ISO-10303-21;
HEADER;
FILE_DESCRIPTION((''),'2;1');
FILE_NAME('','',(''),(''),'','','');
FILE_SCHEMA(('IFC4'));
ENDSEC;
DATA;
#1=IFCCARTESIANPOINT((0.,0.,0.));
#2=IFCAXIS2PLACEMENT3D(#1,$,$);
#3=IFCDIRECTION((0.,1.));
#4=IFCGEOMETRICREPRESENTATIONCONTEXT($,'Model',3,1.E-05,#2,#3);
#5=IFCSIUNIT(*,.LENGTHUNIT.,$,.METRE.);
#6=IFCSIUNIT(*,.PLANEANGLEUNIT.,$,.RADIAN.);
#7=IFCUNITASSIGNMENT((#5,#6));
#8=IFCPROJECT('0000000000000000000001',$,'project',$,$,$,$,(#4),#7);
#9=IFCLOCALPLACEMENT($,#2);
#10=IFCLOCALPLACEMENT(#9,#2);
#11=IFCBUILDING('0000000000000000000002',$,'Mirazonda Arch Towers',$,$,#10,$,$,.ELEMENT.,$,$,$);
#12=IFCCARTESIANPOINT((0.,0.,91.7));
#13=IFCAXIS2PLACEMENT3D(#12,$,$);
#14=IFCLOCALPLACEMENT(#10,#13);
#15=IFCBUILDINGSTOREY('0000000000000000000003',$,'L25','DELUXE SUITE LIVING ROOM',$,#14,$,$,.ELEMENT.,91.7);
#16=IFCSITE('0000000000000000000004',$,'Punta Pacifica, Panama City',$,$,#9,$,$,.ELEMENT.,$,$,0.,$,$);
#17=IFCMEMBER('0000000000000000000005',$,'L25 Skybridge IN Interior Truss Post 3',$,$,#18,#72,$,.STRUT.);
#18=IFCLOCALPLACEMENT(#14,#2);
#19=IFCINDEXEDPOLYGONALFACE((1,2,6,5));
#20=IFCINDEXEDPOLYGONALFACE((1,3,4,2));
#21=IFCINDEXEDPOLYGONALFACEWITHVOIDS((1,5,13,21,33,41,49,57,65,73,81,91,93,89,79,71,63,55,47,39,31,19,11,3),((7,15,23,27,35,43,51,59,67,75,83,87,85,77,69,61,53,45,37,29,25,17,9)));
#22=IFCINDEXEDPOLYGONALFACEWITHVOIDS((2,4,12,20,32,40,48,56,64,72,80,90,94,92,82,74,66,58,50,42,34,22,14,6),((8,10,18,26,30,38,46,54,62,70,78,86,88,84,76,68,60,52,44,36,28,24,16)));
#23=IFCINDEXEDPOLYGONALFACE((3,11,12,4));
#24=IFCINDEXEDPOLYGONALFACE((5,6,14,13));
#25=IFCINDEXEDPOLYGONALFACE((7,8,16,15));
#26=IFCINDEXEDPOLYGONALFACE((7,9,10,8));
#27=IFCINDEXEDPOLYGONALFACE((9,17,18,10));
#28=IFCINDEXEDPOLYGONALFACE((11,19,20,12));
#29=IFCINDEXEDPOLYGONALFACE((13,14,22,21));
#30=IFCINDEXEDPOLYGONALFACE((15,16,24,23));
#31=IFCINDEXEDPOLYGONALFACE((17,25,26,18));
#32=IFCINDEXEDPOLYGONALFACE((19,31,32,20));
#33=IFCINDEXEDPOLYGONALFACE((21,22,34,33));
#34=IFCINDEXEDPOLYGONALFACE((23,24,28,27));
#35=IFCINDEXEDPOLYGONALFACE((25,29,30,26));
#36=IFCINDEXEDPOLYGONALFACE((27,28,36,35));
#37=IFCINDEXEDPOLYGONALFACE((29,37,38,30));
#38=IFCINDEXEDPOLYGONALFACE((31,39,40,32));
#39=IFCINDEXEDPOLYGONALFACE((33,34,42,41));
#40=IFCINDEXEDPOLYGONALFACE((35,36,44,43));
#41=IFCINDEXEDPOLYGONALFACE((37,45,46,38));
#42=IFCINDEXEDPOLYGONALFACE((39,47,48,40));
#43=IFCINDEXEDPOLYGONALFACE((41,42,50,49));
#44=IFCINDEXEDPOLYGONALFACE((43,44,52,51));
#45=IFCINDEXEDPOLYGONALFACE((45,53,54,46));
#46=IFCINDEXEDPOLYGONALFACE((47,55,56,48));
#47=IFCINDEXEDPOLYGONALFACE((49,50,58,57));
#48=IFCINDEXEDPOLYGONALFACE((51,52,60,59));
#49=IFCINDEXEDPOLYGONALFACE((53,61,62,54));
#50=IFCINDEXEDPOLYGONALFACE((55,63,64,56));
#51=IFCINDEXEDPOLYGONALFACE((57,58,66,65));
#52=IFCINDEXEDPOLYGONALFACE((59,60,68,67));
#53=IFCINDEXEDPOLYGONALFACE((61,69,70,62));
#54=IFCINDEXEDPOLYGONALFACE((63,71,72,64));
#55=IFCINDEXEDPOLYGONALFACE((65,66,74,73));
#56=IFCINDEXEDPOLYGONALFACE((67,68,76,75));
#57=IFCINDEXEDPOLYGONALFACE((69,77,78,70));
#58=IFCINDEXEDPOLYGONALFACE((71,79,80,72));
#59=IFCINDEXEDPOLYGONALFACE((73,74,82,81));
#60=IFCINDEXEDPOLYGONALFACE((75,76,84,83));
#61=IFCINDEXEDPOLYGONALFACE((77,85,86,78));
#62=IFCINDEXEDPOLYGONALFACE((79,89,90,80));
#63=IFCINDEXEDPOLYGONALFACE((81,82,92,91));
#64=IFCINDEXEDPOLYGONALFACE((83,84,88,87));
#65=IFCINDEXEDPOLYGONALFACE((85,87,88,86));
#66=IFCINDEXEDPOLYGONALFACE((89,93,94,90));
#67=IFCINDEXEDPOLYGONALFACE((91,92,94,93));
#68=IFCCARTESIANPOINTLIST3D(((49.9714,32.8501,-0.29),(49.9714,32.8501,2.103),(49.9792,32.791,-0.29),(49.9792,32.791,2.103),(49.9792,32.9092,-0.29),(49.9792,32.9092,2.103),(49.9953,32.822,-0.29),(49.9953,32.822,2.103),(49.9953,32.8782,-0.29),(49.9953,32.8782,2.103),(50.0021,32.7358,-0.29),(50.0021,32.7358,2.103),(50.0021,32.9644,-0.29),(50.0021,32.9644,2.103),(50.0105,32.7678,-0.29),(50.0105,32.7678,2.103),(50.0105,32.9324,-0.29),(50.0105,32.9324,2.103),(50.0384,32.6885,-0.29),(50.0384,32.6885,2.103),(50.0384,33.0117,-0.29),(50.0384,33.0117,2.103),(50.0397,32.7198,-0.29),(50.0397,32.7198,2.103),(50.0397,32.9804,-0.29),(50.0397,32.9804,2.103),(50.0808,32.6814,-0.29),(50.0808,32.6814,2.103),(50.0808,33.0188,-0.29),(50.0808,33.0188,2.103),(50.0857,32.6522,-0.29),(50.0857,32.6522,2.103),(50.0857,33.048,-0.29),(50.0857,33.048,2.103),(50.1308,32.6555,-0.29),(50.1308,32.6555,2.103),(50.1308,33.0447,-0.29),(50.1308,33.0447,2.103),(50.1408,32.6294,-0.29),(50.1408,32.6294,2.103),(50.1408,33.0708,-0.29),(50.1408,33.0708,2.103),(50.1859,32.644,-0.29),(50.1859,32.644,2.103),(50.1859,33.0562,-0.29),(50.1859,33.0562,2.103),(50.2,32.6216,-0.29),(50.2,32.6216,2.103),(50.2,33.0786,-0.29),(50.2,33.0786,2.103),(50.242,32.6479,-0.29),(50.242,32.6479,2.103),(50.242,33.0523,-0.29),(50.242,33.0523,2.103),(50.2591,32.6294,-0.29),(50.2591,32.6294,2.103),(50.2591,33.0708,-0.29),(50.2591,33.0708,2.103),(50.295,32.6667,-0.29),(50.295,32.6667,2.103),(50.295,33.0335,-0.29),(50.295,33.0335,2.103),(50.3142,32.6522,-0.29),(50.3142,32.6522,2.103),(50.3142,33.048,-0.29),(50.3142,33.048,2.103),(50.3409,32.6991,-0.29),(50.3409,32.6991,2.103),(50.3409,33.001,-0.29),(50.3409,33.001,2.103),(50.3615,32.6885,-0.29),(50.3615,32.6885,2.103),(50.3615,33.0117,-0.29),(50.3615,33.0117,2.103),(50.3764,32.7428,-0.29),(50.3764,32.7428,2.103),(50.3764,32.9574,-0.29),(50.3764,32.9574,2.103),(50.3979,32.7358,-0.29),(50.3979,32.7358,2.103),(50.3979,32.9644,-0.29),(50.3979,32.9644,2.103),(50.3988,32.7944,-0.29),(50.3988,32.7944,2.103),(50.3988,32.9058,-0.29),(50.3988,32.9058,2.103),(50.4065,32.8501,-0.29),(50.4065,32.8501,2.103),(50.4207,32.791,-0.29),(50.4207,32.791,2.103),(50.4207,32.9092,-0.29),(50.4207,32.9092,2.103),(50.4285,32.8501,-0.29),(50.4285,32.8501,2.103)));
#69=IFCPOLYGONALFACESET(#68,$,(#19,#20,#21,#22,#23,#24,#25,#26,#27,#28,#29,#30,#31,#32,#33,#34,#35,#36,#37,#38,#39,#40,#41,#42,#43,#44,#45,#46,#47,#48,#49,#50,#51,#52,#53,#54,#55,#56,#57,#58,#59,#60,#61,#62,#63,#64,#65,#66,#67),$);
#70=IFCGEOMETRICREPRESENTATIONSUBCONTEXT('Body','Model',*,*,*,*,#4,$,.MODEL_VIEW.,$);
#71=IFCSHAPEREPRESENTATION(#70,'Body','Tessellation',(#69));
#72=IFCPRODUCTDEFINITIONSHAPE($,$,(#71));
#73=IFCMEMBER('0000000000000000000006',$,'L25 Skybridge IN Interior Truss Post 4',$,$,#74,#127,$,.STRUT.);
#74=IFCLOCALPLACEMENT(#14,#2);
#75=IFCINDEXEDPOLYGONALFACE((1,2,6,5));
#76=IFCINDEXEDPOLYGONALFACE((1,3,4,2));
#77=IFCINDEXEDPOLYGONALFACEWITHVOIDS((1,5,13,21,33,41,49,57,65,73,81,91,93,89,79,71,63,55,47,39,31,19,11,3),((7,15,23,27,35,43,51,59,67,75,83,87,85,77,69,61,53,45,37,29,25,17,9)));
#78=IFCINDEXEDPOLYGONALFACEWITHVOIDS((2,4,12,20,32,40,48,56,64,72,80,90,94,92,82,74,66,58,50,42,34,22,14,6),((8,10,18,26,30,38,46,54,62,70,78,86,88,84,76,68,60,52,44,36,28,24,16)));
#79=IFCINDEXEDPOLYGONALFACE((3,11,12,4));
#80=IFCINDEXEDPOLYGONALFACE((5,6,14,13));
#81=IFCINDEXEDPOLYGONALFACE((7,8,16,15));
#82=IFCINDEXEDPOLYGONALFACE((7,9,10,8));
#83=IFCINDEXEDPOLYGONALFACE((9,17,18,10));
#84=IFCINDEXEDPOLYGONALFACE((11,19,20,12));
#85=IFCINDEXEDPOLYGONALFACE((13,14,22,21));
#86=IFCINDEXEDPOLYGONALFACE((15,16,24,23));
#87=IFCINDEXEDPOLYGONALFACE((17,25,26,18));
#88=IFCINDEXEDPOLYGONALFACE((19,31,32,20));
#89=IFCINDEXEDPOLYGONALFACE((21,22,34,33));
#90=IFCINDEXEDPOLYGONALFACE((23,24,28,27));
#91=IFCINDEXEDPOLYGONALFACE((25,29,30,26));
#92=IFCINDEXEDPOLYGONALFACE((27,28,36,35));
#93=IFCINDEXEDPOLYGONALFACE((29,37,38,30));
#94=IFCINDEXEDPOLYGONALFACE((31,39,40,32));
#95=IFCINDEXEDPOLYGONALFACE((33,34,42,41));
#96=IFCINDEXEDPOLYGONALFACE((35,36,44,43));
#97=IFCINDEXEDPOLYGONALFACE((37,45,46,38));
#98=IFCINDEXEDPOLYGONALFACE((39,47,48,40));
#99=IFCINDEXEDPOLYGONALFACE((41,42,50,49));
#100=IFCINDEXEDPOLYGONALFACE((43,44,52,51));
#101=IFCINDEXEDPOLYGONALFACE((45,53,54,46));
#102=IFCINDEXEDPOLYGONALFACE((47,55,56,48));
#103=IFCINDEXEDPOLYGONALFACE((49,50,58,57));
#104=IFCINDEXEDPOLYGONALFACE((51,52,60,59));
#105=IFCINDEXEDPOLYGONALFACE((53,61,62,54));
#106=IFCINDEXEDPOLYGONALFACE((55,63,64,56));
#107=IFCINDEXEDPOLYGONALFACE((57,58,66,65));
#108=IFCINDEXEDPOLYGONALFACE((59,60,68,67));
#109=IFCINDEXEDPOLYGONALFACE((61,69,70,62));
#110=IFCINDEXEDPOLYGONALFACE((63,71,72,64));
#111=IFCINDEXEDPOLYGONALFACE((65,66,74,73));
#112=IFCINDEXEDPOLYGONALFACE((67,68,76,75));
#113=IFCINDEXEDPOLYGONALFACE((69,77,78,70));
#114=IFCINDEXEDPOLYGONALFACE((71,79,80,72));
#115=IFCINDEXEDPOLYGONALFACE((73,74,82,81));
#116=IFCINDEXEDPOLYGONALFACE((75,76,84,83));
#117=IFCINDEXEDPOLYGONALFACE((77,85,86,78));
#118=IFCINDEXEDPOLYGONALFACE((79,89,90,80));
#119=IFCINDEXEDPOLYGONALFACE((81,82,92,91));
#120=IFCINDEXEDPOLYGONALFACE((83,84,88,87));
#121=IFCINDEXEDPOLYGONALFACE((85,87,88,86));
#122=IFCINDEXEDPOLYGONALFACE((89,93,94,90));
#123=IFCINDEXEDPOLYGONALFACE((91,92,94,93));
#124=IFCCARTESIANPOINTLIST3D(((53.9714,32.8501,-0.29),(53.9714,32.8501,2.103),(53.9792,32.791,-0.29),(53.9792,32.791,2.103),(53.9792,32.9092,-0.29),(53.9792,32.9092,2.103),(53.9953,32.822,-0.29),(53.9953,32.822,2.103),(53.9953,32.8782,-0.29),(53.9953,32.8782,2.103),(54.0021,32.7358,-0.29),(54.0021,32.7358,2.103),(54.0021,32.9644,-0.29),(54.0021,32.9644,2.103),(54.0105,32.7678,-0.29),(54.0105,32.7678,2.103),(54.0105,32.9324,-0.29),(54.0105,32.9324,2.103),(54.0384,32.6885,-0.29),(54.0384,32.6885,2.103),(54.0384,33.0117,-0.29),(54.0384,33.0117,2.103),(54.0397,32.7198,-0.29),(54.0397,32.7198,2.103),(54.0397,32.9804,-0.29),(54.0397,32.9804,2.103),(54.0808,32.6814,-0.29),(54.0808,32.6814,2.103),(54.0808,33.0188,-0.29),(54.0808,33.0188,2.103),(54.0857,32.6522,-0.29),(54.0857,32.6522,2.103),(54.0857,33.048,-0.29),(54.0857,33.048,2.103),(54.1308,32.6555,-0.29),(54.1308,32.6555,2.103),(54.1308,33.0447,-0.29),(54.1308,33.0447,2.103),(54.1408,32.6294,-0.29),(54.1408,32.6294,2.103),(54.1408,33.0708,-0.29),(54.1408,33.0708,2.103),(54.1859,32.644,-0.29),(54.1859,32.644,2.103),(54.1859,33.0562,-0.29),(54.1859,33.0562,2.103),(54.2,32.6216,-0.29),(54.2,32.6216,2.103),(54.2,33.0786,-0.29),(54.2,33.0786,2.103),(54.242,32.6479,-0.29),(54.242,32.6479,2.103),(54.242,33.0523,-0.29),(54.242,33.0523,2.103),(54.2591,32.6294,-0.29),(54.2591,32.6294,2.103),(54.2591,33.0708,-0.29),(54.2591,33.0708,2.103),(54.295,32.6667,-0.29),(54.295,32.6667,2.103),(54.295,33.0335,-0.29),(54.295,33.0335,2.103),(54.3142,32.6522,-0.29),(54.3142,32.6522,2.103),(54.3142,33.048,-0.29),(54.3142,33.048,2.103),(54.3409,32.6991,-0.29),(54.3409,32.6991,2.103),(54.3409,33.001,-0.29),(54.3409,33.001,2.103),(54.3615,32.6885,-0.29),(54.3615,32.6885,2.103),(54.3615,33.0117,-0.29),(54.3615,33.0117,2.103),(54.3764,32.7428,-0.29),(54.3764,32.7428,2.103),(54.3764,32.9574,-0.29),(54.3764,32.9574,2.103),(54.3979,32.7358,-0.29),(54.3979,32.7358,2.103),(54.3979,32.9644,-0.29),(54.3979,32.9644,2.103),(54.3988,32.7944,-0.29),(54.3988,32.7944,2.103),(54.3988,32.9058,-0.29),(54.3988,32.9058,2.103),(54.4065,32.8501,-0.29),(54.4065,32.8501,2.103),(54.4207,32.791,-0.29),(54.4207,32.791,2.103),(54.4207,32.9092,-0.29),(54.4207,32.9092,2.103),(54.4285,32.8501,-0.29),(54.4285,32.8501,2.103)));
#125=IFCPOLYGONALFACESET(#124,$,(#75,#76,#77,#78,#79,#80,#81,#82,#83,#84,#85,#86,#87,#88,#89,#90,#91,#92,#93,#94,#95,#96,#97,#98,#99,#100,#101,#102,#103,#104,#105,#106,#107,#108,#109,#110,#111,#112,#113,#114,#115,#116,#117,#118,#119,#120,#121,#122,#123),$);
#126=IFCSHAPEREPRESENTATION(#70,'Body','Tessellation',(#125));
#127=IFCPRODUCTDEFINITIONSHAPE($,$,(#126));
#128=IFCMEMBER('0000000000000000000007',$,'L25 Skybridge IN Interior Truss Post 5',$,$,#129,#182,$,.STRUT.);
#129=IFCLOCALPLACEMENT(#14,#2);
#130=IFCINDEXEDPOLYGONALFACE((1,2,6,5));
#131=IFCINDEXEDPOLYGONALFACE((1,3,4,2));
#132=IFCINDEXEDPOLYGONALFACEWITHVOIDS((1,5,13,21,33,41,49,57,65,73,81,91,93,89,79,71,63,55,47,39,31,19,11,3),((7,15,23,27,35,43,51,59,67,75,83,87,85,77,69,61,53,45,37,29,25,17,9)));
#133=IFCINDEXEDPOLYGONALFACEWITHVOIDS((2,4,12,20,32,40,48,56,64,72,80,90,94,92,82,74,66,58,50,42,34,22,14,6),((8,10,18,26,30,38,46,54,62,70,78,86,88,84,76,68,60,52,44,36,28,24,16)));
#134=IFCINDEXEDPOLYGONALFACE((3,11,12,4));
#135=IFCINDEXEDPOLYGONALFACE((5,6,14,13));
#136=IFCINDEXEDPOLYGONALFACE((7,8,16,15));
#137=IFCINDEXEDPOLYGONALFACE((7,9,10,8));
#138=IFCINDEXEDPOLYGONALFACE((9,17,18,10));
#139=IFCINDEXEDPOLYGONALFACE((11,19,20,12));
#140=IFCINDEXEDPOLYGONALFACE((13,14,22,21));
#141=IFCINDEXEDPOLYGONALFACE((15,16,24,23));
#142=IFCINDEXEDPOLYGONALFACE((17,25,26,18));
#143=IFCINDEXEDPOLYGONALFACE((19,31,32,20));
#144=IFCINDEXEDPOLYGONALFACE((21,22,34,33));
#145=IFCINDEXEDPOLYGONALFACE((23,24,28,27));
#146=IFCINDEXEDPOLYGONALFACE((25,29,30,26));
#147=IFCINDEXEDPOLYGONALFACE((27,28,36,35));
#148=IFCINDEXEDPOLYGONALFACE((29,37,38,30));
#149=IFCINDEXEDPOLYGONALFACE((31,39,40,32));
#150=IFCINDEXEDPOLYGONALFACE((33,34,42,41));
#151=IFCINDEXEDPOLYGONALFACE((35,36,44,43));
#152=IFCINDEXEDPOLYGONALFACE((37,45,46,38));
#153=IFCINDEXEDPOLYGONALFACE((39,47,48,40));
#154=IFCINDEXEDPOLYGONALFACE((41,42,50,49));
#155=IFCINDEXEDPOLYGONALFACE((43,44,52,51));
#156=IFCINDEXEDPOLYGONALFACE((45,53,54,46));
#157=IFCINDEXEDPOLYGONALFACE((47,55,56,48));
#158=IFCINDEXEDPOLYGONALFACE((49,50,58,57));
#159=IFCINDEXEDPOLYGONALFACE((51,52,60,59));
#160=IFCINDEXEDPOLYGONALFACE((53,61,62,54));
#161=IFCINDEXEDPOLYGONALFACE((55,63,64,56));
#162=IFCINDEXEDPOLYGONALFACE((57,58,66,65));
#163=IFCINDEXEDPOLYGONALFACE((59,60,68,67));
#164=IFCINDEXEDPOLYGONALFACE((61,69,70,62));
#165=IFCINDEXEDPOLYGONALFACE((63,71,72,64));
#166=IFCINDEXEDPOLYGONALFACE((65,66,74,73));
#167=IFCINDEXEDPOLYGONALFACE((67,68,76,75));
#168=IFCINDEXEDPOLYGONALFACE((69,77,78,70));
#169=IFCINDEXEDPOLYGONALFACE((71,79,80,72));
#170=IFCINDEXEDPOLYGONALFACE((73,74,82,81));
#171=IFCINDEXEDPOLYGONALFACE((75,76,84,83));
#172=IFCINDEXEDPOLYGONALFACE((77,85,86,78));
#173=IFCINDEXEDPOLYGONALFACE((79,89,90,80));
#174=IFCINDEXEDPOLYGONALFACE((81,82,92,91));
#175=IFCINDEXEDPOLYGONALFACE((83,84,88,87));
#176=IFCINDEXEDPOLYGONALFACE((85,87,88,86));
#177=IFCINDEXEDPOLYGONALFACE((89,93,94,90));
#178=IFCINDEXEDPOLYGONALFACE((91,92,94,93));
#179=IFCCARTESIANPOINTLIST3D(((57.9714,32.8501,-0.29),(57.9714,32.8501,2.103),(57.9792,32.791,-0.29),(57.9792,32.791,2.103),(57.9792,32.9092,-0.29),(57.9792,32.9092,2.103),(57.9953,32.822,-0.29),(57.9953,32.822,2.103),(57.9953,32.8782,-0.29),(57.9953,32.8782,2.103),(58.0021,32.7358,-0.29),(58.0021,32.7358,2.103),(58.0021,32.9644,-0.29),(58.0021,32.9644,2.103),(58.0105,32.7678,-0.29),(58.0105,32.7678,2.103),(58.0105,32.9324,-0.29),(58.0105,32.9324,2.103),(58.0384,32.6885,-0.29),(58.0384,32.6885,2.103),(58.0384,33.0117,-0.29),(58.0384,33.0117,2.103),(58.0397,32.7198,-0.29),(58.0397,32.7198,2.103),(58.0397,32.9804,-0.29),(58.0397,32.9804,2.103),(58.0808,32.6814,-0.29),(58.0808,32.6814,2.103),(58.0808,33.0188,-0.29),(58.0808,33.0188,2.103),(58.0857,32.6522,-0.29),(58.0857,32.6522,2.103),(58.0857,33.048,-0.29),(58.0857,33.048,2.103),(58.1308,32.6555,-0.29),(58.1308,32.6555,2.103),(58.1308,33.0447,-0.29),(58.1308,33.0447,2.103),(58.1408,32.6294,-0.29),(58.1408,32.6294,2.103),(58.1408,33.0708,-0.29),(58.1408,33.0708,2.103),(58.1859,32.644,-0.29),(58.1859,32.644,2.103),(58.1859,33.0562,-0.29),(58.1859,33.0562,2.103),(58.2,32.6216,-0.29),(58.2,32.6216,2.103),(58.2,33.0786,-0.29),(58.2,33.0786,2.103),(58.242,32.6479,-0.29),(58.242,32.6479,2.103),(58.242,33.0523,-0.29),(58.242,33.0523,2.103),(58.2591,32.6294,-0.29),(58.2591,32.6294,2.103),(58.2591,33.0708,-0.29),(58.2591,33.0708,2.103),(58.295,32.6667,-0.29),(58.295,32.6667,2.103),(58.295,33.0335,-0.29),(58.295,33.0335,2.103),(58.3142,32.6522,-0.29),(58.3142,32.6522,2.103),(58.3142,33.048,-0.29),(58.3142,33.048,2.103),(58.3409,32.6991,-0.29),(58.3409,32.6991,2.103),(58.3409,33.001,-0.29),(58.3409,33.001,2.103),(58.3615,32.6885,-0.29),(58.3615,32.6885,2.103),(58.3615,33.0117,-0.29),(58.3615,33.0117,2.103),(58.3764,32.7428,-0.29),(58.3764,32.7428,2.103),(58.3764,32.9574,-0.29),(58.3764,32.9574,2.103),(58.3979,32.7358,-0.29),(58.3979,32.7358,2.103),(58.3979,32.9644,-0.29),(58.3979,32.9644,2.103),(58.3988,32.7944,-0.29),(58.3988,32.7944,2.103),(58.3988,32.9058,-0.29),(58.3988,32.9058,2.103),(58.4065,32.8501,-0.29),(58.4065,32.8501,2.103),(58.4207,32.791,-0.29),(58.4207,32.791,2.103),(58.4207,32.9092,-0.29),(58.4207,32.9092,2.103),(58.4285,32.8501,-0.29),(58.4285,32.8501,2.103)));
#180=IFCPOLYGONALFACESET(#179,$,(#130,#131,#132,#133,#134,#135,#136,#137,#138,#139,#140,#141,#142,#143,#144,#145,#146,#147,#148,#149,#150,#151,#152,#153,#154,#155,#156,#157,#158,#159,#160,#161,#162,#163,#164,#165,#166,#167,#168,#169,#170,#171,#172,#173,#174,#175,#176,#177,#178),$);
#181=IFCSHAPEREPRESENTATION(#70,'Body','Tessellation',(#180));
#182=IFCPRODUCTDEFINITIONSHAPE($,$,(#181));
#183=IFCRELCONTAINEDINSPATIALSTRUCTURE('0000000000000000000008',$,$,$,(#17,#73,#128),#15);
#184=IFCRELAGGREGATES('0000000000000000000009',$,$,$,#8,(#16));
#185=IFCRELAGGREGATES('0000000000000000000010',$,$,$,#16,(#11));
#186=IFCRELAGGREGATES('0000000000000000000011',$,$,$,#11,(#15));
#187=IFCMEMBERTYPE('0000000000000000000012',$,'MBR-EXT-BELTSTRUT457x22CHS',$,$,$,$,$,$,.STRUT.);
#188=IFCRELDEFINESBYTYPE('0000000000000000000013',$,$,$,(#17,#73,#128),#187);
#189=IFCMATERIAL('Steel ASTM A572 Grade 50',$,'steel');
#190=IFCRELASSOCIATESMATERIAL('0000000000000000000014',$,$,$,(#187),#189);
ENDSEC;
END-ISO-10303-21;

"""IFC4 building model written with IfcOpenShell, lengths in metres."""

from ifc_helpers import new_model, si_unit, direction, frame, origin, origin_2d, place, context, subcontext, project, spatial, hollow_circle, extrude, material, material_profile, profile_set, type_object, element, save


model = new_model("IFC4")

# Units and contexts
model_context = context("Model", 3, precision=1e-05, world=origin(), true_north=direction((0.0, 1.0)))
body_context = subcontext(model_context, "Body", "Model", "MODEL_VIEW")
ifc_project = project(units=[si_unit("LENGTHUNIT", "METRE"), si_unit("PLANEANGLEUNIT", "RADIAN")], contexts=[model_context])

# Site, building, storey
site_placement = place(None, origin())
site = spatial("IfcSite", under=ifc_project, at=site_placement, Name="Punta Pacifica, Panama City", CompositionType="ELEMENT", RefElevation=0.0)
building_placement = place(site_placement, origin())
building = spatial("IfcBuilding", under=site, at=building_placement, Name="Mirazonda Arch Towers", CompositionType="ELEMENT")
storey_placement = place(building_placement, frame((0.0, 0.0, 91.7)))
storey = spatial("IfcBuildingStorey", under=building, at=storey_placement, Name="L25", Description="DELUXE SUITE LIVING ROOM", CompositionType="ELEMENT", Elevation=91.7)

# Members
ifc_material_1 = material(Name="Steel ASTM A572 Grade 50", Category="steel")
ifc_material_profile_1 = material_profile(ifc_material_1, hollow_circle(Radius=0.2285, WallThickness=0.022, at=origin_2d()), Name="BELTSTRUT457x22CHS")
ifc_profile_set_1 = profile_set([ifc_material_profile_1], Name="Steel ASTM A572 Grade 50")
member_type_1 = type_object("IfcMemberType", Name="MBR-EXT-BELTSTRUT457x22CHS", PredefinedType="STRUT", material=ifc_profile_set_1)
for number, where, z_axis, x_axis, name in (
    (1, (50.2, 32.8501, -0.29), (0.0, 0.0, 1.0), (1.0, 0.0, 0.0), "L25 Skybridge IN Interior Truss Post 3"),
    (2, (54.2, 32.8501, -0.29), (0.0, 0.0, 1.0), (1.0, 0.0, 0.0), "L25 Skybridge IN Interior Truss Post 4"),
    (3, (58.2, 32.8501, -0.29), (0.0, 0.0, 1.0), (1.0, 0.0, 0.0), "L25 Skybridge IN Interior Truss Post 5"),
):
    element("IfcMember", number, at=place(storey_placement, frame(where, z_axis=z_axis, x_axis=x_axis)), inside=storey, type_object=member_type_1, Name=name, PredefinedType="STRUT", context=body_context, shape_type="SweptSolid", body=[
        extrude(hollow_circle(Radius=0.2285, WallThickness=0.022, at=origin_2d()), origin(), (0.0, 0.0, 1.0), 2.3931),
    ])

save(model, "model.ifc")
